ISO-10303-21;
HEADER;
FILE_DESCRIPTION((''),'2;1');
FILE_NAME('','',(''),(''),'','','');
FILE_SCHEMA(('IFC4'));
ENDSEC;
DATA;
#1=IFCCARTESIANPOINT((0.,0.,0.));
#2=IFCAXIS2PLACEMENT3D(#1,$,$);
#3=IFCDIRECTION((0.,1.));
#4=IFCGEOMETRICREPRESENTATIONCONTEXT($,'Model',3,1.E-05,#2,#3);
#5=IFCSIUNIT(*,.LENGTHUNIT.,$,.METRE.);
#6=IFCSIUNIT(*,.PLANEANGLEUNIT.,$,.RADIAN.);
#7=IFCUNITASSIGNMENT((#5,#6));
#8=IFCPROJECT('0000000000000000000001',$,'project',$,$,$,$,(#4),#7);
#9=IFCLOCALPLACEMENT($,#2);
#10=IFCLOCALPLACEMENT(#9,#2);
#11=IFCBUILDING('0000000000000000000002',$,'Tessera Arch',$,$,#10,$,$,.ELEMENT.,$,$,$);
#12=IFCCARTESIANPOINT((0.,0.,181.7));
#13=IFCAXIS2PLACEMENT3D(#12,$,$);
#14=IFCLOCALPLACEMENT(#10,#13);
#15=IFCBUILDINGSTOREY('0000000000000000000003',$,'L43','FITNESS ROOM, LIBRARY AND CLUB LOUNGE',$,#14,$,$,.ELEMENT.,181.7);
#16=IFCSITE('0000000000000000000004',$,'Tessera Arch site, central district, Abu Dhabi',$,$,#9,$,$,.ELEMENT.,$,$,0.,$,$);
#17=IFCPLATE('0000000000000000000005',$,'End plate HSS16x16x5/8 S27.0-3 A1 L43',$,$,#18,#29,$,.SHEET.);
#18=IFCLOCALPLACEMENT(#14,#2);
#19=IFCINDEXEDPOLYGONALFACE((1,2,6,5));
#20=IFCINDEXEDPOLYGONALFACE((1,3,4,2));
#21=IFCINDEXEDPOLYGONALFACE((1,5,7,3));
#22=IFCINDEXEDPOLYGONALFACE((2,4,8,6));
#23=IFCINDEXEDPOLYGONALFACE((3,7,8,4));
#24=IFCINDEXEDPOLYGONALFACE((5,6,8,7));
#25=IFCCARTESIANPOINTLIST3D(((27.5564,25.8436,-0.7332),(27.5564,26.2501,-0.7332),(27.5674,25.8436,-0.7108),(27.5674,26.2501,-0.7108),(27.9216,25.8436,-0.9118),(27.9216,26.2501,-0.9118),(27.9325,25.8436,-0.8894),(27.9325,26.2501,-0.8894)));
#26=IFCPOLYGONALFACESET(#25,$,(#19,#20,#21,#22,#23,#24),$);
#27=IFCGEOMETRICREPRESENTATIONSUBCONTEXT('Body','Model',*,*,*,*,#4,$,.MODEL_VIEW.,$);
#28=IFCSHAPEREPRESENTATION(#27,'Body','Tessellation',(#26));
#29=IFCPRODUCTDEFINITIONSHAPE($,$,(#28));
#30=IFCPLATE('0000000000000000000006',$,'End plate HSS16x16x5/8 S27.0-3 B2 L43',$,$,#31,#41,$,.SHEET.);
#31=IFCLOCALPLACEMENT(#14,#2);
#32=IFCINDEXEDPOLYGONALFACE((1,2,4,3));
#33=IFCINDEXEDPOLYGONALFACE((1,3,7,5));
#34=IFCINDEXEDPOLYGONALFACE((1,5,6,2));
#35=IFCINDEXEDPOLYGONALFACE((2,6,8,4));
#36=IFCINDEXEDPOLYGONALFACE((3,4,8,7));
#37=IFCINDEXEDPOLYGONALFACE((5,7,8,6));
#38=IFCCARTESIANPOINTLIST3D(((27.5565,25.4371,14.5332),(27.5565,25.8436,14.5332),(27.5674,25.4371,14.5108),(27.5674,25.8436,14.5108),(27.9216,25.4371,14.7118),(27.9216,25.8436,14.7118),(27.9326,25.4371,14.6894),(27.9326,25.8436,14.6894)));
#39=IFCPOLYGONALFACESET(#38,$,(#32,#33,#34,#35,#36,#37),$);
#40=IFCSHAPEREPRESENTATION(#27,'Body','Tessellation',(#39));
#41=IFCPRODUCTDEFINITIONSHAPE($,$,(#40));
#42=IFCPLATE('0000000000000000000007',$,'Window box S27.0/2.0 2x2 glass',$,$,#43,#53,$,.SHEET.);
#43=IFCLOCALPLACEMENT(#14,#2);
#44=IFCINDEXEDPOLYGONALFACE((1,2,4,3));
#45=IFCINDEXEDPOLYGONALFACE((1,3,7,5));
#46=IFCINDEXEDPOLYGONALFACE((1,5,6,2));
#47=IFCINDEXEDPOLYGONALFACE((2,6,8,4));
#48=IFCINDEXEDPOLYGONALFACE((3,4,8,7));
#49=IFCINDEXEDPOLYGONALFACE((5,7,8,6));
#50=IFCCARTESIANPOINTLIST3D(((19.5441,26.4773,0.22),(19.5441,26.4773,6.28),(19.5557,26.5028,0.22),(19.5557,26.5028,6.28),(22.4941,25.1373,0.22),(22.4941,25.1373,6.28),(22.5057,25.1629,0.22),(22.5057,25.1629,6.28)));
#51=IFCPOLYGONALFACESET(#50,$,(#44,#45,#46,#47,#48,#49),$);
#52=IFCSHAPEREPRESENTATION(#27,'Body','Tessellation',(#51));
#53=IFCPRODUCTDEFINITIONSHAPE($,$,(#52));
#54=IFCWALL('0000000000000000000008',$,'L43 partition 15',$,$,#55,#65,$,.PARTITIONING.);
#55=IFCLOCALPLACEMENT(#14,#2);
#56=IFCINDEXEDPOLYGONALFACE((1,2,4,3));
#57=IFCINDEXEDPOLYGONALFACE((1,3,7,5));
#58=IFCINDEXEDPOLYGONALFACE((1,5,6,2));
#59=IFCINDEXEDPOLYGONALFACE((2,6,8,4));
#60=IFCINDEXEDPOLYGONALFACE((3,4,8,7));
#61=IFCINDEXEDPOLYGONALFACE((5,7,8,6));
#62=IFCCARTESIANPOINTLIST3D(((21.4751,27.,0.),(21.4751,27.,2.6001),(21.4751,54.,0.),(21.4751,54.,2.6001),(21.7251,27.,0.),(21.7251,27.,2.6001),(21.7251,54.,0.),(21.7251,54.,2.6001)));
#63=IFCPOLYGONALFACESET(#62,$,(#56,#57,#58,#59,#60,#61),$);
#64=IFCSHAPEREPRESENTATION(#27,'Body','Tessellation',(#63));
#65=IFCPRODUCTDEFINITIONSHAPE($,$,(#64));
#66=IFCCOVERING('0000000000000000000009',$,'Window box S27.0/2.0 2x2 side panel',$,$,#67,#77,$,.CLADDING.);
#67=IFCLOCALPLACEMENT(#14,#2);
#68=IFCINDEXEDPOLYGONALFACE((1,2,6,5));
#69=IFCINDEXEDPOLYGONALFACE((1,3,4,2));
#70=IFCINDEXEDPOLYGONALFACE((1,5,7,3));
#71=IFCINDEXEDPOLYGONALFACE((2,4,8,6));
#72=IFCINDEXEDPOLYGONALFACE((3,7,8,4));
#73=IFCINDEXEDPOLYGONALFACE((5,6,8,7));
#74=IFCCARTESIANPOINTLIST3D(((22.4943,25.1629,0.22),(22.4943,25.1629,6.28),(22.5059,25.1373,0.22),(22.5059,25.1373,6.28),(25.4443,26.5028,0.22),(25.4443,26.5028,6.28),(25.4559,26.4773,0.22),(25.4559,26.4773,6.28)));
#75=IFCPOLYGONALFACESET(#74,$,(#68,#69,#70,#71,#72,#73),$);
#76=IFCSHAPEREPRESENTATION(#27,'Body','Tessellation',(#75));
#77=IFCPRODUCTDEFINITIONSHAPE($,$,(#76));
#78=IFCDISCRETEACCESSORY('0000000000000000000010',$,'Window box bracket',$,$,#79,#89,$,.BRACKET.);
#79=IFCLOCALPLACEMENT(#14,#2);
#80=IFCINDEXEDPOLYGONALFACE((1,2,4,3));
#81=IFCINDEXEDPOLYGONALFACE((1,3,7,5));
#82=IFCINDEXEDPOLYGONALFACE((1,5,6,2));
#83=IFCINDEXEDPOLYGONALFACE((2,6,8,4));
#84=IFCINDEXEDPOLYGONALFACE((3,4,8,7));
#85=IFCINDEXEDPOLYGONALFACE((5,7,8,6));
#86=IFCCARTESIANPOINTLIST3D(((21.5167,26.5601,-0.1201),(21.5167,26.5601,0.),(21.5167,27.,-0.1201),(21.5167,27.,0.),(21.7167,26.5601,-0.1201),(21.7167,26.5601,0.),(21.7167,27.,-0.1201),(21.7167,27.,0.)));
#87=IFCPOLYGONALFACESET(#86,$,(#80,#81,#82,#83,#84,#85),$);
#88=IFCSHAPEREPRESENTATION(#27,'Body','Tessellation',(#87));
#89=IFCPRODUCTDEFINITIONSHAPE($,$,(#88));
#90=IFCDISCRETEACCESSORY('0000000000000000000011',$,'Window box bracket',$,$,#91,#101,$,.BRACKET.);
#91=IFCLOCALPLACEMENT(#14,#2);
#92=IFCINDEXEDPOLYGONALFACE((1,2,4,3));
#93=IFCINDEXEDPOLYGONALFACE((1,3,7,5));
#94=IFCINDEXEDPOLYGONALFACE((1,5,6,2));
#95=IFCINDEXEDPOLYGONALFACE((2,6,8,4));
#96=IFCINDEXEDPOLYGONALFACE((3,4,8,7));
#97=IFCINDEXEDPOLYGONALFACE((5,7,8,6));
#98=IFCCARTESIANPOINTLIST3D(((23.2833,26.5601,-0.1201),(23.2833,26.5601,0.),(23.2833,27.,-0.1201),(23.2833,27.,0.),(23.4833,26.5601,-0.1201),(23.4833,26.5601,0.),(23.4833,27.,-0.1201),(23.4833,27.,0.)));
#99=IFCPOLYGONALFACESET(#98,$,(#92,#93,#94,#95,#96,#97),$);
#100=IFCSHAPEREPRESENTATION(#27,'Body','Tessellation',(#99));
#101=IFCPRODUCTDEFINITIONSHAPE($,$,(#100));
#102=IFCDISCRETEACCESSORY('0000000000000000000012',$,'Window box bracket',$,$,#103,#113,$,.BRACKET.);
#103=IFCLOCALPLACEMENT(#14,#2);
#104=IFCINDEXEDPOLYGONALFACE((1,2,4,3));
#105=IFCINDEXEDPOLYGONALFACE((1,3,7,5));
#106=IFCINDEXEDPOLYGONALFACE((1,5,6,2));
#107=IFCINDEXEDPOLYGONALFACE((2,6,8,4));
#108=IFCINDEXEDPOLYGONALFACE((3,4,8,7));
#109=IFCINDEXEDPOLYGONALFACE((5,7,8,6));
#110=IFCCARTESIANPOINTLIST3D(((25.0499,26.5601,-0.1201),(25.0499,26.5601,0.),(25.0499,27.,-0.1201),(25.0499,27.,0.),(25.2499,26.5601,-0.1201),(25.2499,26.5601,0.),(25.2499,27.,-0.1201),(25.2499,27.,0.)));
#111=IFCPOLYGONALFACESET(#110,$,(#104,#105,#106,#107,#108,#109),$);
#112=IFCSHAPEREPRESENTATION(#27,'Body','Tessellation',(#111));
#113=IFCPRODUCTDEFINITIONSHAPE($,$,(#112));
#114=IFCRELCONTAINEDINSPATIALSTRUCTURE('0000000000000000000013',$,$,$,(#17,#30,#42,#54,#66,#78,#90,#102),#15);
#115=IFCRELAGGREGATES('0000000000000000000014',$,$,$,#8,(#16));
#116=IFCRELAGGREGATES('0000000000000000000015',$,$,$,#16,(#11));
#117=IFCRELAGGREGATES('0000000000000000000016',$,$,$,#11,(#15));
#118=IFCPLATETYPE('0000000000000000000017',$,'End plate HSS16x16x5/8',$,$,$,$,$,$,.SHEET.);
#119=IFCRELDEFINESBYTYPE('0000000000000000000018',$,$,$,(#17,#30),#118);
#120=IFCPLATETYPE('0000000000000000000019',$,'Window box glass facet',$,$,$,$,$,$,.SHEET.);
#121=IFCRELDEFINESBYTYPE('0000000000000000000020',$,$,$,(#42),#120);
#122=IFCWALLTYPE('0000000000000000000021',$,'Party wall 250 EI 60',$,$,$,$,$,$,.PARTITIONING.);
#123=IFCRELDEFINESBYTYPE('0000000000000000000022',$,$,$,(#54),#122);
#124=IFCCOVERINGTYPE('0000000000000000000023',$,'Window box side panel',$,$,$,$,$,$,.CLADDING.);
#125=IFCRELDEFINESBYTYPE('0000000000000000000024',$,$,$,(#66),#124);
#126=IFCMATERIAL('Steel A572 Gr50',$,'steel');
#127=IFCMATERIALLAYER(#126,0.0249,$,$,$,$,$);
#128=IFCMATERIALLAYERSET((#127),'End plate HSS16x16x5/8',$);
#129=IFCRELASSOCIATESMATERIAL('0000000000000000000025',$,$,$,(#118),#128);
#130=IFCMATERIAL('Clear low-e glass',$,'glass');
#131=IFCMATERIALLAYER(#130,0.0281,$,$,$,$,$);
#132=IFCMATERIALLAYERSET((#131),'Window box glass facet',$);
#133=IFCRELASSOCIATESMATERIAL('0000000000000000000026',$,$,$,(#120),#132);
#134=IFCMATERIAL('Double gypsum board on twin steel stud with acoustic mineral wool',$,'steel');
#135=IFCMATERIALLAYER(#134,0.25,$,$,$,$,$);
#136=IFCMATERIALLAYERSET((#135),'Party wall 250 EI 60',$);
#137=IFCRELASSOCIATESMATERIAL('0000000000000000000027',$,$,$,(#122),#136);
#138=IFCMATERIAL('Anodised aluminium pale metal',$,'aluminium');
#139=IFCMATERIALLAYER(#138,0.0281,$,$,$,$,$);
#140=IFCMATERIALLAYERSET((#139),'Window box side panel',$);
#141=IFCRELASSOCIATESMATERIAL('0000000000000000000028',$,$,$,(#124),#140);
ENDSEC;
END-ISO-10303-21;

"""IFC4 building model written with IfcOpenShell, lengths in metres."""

from ifc_helpers import new_model, si_unit, direction, frame, frame_2d, origin, origin_2d, place, context, subcontext, project, spatial, rectangle, extrude, material, layer, layer_set, type_object, element, save


model = new_model("IFC4")

# Units and contexts
model_context = context("Model", 3, precision=1e-05, world=origin(), true_north=direction((0.0, 1.0)))
body_context = subcontext(model_context, "Body", "Model", "MODEL_VIEW")
ifc_project = project(units=[si_unit("LENGTHUNIT", "METRE"), si_unit("PLANEANGLEUNIT", "RADIAN")], contexts=[model_context])

# Site, building, storey
site_placement = place(None, origin())
site = spatial("IfcSite", under=ifc_project, at=site_placement, Name="Tessera Arch site, central district, Abu Dhabi", CompositionType="ELEMENT", RefElevation=0.0)
building_placement = place(site_placement, origin())
building = spatial("IfcBuilding", under=site, at=building_placement, Name="Tessera Arch", CompositionType="ELEMENT")
storey_placement = place(building_placement, frame((0.0, 0.0, 181.7)))
storey = spatial("IfcBuildingStorey", under=building, at=storey_placement, Name="L43", Description="FITNESS ROOM, LIBRARY AND CLUB LOUNGE", CompositionType="ELEMENT", Elevation=181.7)

# Plates
ifc_material_1 = material(Name="Steel A572 Gr50", Category="steel")
ifc_layer_1 = layer(ifc_material_1, 0.0249)
ifc_layer_set_1 = layer_set([ifc_layer_1], Name="End plate HSS16x16x5/8")
plate_type_1 = type_object("IfcPlateType", Name="End plate HSS16x16x5/8", PredefinedType="SHEET", material=ifc_layer_set_1)
for number, where, z_axis, x_axis, name in (
    (1, (27.739, 26.0469, -0.8225), (0.439385, 0.0, 0.898299), (0.0, 1.0, 0.0), "End plate HSS16x16x5/8 S27.0-3 A1 L43"),
    (2, (27.75, 25.6404, 14.6001), (-0.439385, 0.0, 0.898299), (0.0, -1.0, 0.0), "End plate HSS16x16x5/8 S27.0-3 B2 L43"),
):
    element("IfcPlate", number, at=place(storey_placement, frame(where, z_axis=z_axis, x_axis=x_axis)), inside=storey, type_object=plate_type_1, Name=name, PredefinedType="SHEET", context=body_context, shape_type="SweptSolid", body=[
        extrude(rectangle(XDim=0.4065, YDim=0.4065, at=origin_2d()), origin(), (0.0, 0.0, 1.0), 0.0249),
    ])
ifc_material_2 = material(Name="Clear low-e glass", Category="glass")
ifc_layer_2 = layer(ifc_material_2, 0.0281)
ifc_layer_set_2 = layer_set([ifc_layer_2], Name="Window box glass facet")
plate_type_2 = type_object("IfcPlateType", Name="Window box glass facet", PredefinedType="SHEET", material=ifc_layer_set_2)
plate_1_placement = place(storey_placement, frame((21.0249, 25.8201, 0.22), z_axis=(0.0, 0.0, 1.0), x_axis=(0.910472, -0.41357, 0.0)))
element("IfcPlate", 3, at=plate_1_placement, inside=storey, type_object=plate_type_2, Name="Window box S27.0/2.0 2x2 glass", PredefinedType="SHEET", context=body_context, shape_type="SweptSolid", body=[
    extrude(rectangle(XDim=3.24, YDim=0.0281, at=origin_2d()), origin(), (0.0, 0.0, 1.0), 6.0601),
])

# Wall
ifc_material_3 = material(Name="Double gypsum board on twin steel stud with acoustic mineral wool", Category="steel")
ifc_layer_3 = layer(ifc_material_3, 0.25)
ifc_layer_set_3 = layer_set([ifc_layer_3], Name="Party wall 250 EI 60")
wall_type = type_object("IfcWallType", Name="Party wall 250 EI 60", PredefinedType="PARTITIONING", material=ifc_layer_set_3)
wall_placement = place(storey_placement, frame((21.6001, 27.0, 0.0), z_axis=(0.0, 0.0, 1.0), x_axis=(0.0, 1.0, 0.0)))
element("IfcWall", 4, at=wall_placement, inside=storey, type_object=wall_type, Name="L43 partition 15", PredefinedType="PARTITIONING", context=body_context, shape_type="SweptSolid", body=[
    extrude(rectangle(XDim=27.0, YDim=0.25, at=frame_2d((13.5, 0.0))), origin(), (0.0, 0.0, 1.0), 2.6001),
])

# Covering
ifc_material_4 = material(Name="Anodised aluminium pale metal", Category="aluminium")
ifc_layer_4 = layer(ifc_material_4, 0.0281)
ifc_layer_set_4 = layer_set([ifc_layer_4], Name="Window box side panel")
covering_type = type_object("IfcCoveringType", Name="Window box side panel", PredefinedType="CLADDING", material=ifc_layer_set_4)
covering_placement = place(storey_placement, frame((23.9751, 25.8201, 0.22), z_axis=(0.0, 0.0, 1.0), x_axis=(-0.910472, -0.41357, 0.0)))
element("IfcCovering", 5, at=covering_placement, inside=storey, type_object=covering_type, Name="Window box S27.0/2.0 2x2 side panel", PredefinedType="CLADDING", context=body_context, shape_type="SweptSolid", body=[
    extrude(rectangle(XDim=3.24, YDim=0.0281, at=origin_2d()), origin(), (0.0, 0.0, 1.0), 6.0601),
])

# Discrete accessories
for number, where, z_axis, x_axis, name in (
    (6, (21.6167, 26.78, -0.1201), (0.0, 0.0, 1.0), (0.0, -1.0, 0.0), "Window box bracket"),
    (7, (23.3833, 26.78, -0.1201), (0.0, 0.0, 1.0), (0.0, -1.0, 0.0), "Window box bracket"),
    (8, (25.1499, 26.78, -0.1201), (0.0, 0.0, 1.0), (0.0, -1.0, 0.0), "Window box bracket"),
):
    element("IfcDiscreteAccessory", number, at=place(storey_placement, frame(where, z_axis=z_axis, x_axis=x_axis)), inside=storey, Name=name, PredefinedType="BRACKET", context=body_context, shape_type="SweptSolid", body=[
        extrude(rectangle(XDim=0.4399, YDim=0.2, at=origin_2d()), origin(), (0.0, 0.0, 1.0), 0.1201),
    ])

save(model, "model.ifc")
